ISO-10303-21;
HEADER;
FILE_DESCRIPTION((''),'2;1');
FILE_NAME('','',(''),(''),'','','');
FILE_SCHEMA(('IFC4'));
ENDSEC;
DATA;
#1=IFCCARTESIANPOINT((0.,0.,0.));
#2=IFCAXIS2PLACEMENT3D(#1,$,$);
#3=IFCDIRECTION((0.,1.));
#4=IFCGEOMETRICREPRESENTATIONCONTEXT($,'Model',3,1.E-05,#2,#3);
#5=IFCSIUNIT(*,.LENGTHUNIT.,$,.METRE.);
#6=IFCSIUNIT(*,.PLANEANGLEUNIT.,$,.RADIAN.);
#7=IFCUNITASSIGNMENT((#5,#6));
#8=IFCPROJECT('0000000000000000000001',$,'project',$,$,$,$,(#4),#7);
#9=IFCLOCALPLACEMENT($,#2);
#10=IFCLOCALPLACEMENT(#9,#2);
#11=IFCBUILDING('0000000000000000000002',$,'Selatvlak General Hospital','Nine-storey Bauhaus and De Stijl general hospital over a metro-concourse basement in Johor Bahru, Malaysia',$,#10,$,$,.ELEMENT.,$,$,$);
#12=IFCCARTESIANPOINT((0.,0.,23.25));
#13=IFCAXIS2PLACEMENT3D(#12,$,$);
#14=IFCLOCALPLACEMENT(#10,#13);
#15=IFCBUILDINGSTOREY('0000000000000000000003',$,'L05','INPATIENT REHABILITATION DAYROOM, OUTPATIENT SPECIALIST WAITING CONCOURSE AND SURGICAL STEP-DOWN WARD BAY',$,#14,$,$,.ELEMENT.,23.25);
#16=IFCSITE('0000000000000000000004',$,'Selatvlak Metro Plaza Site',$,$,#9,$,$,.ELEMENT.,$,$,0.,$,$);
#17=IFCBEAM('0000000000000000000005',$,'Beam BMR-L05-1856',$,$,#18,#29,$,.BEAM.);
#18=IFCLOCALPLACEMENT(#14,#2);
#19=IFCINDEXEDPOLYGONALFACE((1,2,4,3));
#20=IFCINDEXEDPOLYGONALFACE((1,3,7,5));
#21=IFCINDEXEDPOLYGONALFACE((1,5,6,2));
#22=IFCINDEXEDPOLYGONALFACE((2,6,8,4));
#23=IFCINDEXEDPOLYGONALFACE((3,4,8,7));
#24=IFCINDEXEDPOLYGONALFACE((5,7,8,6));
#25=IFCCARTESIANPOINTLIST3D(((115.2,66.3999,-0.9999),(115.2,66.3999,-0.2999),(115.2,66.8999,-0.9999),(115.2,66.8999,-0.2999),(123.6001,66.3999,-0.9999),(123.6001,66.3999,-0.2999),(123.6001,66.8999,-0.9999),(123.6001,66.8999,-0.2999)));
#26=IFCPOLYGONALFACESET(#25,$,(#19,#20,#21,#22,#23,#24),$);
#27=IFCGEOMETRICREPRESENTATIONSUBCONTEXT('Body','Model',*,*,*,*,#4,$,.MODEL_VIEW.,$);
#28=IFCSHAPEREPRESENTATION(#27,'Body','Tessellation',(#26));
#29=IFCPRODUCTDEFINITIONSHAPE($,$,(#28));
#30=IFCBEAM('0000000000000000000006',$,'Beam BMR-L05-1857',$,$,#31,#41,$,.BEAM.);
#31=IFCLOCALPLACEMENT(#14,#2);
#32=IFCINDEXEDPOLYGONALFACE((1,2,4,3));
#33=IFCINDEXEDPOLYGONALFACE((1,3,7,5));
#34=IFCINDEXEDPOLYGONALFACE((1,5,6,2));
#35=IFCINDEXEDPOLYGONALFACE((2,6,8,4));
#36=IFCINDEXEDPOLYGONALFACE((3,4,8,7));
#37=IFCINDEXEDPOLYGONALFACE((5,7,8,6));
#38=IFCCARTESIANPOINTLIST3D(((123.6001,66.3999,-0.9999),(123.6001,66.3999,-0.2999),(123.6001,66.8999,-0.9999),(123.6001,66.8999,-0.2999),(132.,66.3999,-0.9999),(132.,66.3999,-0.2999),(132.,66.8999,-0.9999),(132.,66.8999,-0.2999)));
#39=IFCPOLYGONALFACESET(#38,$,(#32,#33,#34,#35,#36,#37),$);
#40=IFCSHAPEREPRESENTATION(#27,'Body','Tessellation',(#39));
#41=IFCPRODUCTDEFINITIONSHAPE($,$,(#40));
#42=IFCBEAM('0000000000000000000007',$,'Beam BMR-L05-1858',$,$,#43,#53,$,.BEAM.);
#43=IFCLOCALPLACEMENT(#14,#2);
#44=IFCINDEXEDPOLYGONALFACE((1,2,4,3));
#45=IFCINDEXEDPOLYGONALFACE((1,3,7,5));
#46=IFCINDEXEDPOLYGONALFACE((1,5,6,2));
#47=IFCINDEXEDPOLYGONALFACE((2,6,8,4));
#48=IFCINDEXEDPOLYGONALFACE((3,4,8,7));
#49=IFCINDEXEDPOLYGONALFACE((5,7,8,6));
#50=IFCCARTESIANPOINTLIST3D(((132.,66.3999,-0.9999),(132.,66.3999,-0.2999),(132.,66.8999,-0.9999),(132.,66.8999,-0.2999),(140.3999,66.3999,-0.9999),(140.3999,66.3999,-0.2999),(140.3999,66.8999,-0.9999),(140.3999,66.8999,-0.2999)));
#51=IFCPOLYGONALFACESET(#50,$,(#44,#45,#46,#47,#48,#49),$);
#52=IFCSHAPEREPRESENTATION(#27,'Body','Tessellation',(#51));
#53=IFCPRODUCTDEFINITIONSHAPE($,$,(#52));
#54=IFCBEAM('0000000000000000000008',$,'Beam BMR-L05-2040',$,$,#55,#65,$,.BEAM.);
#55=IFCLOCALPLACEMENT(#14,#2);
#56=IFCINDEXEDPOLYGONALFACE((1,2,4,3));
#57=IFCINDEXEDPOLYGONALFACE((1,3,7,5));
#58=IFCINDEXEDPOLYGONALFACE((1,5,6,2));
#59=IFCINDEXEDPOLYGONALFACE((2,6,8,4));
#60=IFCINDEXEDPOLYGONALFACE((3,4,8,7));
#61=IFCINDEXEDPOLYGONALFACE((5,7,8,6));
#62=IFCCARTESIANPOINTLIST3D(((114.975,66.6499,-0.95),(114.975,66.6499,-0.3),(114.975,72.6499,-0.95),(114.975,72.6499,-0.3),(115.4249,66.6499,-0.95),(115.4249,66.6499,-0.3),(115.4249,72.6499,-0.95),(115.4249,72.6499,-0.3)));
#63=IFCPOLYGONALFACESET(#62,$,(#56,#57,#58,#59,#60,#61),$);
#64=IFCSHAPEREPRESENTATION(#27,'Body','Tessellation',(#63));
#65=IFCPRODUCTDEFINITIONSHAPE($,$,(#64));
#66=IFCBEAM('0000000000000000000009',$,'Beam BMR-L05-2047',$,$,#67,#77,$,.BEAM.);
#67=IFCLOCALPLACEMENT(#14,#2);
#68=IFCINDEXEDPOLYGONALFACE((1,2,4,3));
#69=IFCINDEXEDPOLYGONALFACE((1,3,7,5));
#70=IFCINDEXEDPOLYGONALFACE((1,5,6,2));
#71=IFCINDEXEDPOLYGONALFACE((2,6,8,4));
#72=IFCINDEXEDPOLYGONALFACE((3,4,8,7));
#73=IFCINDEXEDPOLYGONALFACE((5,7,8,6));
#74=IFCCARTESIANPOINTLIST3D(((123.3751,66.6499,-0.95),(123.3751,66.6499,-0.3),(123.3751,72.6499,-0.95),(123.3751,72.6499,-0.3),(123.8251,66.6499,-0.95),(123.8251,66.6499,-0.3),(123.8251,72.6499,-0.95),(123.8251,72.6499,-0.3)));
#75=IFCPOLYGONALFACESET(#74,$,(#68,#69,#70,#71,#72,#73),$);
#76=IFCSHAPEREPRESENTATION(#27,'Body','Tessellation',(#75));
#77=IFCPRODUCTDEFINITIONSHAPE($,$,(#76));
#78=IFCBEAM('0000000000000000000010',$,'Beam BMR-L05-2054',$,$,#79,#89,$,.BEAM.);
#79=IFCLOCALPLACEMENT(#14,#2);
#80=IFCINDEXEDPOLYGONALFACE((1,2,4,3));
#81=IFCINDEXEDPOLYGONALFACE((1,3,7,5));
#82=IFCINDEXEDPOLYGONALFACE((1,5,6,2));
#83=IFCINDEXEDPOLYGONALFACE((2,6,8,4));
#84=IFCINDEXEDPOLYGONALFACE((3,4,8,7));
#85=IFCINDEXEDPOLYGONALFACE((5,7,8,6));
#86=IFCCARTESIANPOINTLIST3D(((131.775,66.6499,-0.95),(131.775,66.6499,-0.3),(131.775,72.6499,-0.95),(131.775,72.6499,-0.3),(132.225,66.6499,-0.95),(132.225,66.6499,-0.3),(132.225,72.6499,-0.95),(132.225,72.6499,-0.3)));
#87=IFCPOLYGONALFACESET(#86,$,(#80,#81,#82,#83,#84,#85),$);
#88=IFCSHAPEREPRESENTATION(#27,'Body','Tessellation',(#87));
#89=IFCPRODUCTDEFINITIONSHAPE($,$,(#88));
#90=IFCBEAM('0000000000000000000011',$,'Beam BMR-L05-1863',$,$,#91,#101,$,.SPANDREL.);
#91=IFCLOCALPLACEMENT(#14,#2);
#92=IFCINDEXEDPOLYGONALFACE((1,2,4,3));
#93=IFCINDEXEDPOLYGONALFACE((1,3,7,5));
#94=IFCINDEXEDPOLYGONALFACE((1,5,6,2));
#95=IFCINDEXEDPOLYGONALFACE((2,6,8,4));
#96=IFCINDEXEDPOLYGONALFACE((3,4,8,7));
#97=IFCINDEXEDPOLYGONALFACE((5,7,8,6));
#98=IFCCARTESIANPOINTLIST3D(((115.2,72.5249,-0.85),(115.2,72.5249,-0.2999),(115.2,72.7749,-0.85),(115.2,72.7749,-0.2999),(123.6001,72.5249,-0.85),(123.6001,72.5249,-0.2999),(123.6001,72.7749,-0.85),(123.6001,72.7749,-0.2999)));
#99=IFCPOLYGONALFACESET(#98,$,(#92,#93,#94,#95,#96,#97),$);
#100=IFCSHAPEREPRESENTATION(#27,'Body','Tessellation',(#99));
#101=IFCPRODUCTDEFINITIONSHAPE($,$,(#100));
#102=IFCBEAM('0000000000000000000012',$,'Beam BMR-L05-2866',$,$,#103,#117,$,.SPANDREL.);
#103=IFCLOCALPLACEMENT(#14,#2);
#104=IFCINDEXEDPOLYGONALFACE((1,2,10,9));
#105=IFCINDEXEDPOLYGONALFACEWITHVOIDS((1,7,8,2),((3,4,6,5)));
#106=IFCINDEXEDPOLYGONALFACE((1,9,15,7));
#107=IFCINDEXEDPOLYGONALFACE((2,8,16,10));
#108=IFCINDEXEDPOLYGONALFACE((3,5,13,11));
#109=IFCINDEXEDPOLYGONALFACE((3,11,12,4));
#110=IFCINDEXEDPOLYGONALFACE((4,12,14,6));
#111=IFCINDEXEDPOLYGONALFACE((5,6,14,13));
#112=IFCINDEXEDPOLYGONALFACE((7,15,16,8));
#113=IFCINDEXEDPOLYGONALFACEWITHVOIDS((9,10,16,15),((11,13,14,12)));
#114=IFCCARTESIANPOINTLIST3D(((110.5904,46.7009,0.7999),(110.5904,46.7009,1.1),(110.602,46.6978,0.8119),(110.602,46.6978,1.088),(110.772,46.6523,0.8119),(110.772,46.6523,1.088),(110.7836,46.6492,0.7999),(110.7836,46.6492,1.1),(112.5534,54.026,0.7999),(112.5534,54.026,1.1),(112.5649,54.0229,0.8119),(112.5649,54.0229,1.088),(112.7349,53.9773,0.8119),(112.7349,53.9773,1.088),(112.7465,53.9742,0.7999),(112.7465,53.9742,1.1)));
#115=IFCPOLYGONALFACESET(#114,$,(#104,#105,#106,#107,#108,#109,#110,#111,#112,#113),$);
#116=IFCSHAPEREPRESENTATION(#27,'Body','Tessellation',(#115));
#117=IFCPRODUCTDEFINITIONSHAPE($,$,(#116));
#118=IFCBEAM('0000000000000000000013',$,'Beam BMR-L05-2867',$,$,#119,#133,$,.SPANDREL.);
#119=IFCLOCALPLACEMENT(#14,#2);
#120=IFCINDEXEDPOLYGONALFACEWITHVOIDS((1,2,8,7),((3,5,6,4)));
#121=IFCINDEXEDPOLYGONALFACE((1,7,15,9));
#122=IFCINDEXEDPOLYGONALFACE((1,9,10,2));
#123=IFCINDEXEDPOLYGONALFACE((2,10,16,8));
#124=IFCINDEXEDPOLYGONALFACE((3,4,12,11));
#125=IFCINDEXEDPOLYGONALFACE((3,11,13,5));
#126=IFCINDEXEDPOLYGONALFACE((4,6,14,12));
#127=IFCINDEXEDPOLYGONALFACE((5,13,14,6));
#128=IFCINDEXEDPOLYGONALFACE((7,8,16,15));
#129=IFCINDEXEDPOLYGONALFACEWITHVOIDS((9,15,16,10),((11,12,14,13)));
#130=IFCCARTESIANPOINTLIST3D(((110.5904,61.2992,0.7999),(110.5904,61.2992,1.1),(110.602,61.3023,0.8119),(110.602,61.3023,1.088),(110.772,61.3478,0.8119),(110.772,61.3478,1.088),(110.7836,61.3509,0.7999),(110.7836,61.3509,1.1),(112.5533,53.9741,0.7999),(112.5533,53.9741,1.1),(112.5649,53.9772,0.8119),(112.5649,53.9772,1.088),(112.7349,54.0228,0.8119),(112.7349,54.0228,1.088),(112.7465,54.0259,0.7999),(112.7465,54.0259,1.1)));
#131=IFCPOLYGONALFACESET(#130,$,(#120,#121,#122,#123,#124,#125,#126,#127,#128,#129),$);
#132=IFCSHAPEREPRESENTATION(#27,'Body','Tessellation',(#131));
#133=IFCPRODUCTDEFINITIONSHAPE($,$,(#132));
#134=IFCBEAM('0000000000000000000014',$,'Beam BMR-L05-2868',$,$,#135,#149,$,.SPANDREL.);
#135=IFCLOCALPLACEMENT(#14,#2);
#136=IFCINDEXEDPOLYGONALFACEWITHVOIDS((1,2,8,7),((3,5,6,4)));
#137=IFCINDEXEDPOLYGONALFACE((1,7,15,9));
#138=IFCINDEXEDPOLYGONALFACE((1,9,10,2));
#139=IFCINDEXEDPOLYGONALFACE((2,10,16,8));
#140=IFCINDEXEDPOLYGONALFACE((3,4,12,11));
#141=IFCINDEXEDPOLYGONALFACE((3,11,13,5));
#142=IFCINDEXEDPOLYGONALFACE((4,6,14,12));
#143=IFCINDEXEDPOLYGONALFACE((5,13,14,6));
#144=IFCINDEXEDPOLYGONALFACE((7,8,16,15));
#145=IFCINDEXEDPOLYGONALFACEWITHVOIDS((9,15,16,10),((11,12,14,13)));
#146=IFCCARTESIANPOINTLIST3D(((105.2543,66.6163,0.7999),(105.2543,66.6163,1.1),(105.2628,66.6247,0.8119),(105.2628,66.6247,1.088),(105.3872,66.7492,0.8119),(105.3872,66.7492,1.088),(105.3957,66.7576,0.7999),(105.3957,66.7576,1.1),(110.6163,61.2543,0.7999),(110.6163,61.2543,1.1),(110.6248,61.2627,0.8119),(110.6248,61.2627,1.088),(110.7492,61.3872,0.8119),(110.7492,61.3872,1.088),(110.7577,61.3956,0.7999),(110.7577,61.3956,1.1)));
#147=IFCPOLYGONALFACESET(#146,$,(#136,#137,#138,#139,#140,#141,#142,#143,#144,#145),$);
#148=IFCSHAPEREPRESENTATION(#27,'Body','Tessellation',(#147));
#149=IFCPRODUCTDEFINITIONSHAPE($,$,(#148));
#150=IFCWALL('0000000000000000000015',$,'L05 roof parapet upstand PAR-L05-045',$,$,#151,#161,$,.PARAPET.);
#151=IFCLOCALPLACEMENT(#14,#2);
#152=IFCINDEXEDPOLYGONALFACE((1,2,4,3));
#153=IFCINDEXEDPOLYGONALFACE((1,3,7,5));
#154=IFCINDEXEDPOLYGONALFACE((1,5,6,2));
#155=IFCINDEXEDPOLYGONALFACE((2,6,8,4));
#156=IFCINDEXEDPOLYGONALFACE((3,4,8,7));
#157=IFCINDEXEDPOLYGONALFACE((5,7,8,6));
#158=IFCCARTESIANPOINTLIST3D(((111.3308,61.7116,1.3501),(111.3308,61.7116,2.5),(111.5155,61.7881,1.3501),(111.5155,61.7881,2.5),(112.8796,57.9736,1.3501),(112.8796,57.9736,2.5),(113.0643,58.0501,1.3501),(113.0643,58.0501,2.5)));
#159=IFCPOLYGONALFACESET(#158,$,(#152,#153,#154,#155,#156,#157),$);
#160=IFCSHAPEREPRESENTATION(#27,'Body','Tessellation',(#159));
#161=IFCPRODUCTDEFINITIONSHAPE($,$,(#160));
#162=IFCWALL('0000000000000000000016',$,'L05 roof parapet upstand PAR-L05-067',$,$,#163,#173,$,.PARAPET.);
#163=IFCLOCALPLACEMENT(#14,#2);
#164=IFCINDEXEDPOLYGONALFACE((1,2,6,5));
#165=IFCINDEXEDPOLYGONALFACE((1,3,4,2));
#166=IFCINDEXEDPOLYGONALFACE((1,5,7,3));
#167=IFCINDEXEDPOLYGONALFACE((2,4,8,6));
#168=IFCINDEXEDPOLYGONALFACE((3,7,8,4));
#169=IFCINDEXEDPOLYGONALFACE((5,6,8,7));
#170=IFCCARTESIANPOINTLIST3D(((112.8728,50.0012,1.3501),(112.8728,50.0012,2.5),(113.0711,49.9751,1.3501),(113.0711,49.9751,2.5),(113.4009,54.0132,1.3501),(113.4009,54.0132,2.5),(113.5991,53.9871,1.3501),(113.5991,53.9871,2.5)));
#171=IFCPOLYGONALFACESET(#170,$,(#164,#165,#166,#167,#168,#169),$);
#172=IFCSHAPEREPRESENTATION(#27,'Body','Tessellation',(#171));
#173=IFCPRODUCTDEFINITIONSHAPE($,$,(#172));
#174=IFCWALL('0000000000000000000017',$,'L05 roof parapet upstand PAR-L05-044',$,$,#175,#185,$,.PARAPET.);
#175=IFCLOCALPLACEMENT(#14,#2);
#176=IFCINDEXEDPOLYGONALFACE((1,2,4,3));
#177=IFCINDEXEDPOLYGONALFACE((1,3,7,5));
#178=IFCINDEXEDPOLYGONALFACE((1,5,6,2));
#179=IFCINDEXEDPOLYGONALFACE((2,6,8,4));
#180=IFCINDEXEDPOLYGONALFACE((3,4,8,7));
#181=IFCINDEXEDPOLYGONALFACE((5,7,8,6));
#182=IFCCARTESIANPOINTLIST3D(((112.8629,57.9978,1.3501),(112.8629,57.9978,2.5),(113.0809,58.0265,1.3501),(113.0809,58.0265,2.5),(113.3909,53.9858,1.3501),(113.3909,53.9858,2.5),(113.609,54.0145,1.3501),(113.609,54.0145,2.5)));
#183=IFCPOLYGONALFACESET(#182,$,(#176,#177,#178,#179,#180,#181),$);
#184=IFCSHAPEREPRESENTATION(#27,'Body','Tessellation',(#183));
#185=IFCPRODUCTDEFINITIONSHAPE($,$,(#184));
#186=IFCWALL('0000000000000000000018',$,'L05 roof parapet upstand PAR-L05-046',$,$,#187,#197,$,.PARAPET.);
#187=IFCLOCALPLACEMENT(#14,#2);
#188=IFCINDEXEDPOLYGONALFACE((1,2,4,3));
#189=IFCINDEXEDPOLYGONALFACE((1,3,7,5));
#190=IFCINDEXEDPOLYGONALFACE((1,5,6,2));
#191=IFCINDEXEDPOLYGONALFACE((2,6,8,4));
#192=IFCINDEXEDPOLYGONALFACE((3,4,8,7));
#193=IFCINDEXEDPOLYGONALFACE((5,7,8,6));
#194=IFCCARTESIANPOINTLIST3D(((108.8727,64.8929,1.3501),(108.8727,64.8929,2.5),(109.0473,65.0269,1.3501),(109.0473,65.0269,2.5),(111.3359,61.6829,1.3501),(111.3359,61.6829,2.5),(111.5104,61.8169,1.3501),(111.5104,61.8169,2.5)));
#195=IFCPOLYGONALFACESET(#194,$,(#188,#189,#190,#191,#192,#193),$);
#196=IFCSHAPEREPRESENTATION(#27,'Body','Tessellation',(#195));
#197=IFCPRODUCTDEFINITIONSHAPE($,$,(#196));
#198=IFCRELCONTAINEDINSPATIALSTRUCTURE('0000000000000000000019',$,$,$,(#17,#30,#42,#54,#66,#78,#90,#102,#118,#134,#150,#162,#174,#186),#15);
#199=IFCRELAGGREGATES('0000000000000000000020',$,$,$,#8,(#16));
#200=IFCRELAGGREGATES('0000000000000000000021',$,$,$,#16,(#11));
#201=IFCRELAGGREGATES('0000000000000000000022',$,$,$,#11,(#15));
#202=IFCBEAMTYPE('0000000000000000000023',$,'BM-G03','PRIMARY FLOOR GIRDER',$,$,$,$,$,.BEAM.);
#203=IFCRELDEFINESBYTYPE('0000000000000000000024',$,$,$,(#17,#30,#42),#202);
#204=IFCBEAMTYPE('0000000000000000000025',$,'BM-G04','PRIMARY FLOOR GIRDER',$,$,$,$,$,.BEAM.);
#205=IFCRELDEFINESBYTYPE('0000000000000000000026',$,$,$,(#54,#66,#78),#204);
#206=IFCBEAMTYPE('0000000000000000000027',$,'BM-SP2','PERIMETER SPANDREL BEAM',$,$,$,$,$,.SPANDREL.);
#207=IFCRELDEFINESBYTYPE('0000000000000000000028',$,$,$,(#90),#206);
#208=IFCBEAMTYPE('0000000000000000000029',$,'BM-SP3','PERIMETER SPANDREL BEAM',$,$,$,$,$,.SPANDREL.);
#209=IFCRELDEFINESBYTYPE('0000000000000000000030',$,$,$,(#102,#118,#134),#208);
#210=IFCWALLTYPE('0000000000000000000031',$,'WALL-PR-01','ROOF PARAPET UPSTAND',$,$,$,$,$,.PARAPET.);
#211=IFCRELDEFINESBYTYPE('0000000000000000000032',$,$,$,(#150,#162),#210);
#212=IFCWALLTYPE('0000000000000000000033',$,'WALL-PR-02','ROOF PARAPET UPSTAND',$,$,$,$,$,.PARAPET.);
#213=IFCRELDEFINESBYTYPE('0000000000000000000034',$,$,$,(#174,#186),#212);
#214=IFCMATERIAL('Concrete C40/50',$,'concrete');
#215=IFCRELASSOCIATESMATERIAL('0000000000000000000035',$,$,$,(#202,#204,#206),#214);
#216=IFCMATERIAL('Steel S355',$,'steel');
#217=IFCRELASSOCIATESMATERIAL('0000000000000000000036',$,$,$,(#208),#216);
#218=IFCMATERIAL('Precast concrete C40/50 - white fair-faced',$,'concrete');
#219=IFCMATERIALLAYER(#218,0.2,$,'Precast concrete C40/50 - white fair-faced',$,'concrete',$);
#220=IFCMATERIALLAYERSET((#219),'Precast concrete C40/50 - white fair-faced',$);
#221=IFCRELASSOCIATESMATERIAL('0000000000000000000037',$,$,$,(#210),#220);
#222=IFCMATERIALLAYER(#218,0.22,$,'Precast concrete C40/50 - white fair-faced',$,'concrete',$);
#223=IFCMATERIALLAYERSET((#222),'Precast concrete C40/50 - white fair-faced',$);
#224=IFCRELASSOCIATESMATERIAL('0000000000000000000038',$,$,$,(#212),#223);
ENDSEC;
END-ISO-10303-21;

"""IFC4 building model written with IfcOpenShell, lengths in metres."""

from ifc_helpers import new_model, si_unit, direction, frame, frame_2d, origin, origin_2d, place, context, subcontext, project, spatial, rectangle, hollow_rectangle, extrude, material, layer, layer_set, material_profile, profile_set, type_object, element, save


model = new_model("IFC4")

# Units and contexts
model_context = context("Model", 3, precision=1e-05, world=origin(), true_north=direction((0.0, 1.0)))
body_context = subcontext(model_context, "Body", "Model", "MODEL_VIEW")
ifc_project = project(units=[si_unit("LENGTHUNIT", "METRE"), si_unit("PLANEANGLEUNIT", "RADIAN")], contexts=[model_context])

# Site, building, storey
site_placement = place(None, origin())
site = spatial("IfcSite", under=ifc_project, at=site_placement, Name="Selatvlak Metro Plaza Site", CompositionType="ELEMENT", RefElevation=0.0)
building_placement = place(site_placement, origin())
building = spatial("IfcBuilding", under=site, at=building_placement, Name="Selatvlak General Hospital", Description="Nine-storey Bauhaus and De Stijl general hospital over a metro-concourse basement in Johor Bahru, Malaysia", CompositionType="ELEMENT")
storey_placement = place(building_placement, frame((0.0, 0.0, 23.25)))
storey = spatial("IfcBuildingStorey", under=building, at=storey_placement, Name="L05", Description="INPATIENT REHABILITATION DAYROOM, OUTPATIENT SPECIALIST WAITING CONCOURSE AND SURGICAL STEP-DOWN WARD BAY", CompositionType="ELEMENT", Elevation=23.25)

# Beams
ifc_material_1 = material(Name="Concrete C40/50", Category="concrete")
ifc_material_profile_1 = material_profile(ifc_material_1, rectangle(XDim=0.5, YDim=0.7, at=origin_2d()), Name="RC-BM 500x700")
ifc_profile_set_1 = profile_set([ifc_material_profile_1], Name="Concrete C40/50")
beam_type_1 = type_object("IfcBeamType", Name="BM-G03", Description="PRIMARY FLOOR GIRDER", PredefinedType="BEAM", material=ifc_profile_set_1)
beam_1_placement = place(storey_placement, frame((115.2, 66.6499, -0.6499), z_axis=(1.0, 0.0, 0.0), x_axis=(0.0, 1.0, 0.0)))
element("IfcBeam", 1, at=beam_1_placement, inside=storey, type_object=beam_type_1, Name="Beam BMR-L05-1856", PredefinedType="BEAM", context=body_context, shape_type="SweptSolid", body=[
    extrude(rectangle(XDim=0.5, YDim=0.7, at=origin_2d()), origin(), (0.0, 0.0, 1.0), 8.4001),
])
for number, where, z_axis, x_axis, name in (
    (2, (123.6001, 66.6499, -0.6499), (1.0, 0.0, 0.0), (0.0, 1.0, 0.0), "Beam BMR-L05-1857"),
    (3, (132.0, 66.6499, -0.6499), (1.0, 0.0, 0.0), (0.0, 1.0, 0.0), "Beam BMR-L05-1858"),
):
    element("IfcBeam", number, at=place(storey_placement, frame(where, z_axis=z_axis, x_axis=x_axis)), inside=storey, type_object=beam_type_1, Name=name, PredefinedType="BEAM", context=body_context, shape_type="SweptSolid", body=[
        extrude(rectangle(XDim=0.5, YDim=0.7, at=origin_2d()), origin(), (0.0, 0.0, 1.0), 8.3999),
    ])
ifc_material_profile_2 = material_profile(ifc_material_1, rectangle(XDim=0.45, YDim=0.6499, at=origin_2d()), Name="RC-BM 450x650")
ifc_profile_set_2 = profile_set([ifc_material_profile_2], Name="Concrete C40/50")
beam_type_2 = type_object("IfcBeamType", Name="BM-G04", Description="PRIMARY FLOOR GIRDER", PredefinedType="BEAM", material=ifc_profile_set_2)
for number, where, z_axis, x_axis, name in (
    (4, (115.2, 66.6499, -0.625), (0.0, 1.0, 0.0), (-1.0, 0.0, 0.0), "Beam BMR-L05-2040"),
    (5, (123.6001, 66.6499, -0.625), (0.0, 1.0, 0.0), (-1.0, 0.0, 0.0), "Beam BMR-L05-2047"),
    (6, (132.0, 66.6499, -0.625), (0.0, 1.0, 0.0), (-1.0, 0.0, 0.0), "Beam BMR-L05-2054"),
):
    element("IfcBeam", number, at=place(storey_placement, frame(where, z_axis=z_axis, x_axis=x_axis)), inside=storey, type_object=beam_type_2, Name=name, PredefinedType="BEAM", context=body_context, shape_type="SweptSolid", body=[
        extrude(rectangle(XDim=0.45, YDim=0.6499, at=origin_2d()), origin(), (0.0, 0.0, 1.0), 6.0),
    ])
ifc_material_profile_3 = material_profile(ifc_material_1, rectangle(XDim=0.25, YDim=0.55, at=origin_2d()), Name="RC-SP 250x550")
ifc_profile_set_3 = profile_set([ifc_material_profile_3], Name="Concrete C40/50")
beam_type_3 = type_object("IfcBeamType", Name="BM-SP2", Description="PERIMETER SPANDREL BEAM", PredefinedType="SPANDREL", material=ifc_profile_set_3)
beam_2_placement = place(storey_placement, frame((115.2, 72.6499, -0.575), z_axis=(1.0, 0.0, 0.0), x_axis=(0.0, 1.0, 0.0)))
element("IfcBeam", 7, at=beam_2_placement, inside=storey, type_object=beam_type_3, Name="Beam BMR-L05-1863", PredefinedType="SPANDREL", context=body_context, shape_type="SweptSolid", body=[
    extrude(rectangle(XDim=0.25, YDim=0.55, at=origin_2d()), origin(), (0.0, 0.0, 1.0), 8.4001),
])
ifc_material_2 = material(Name="Steel S355", Category="steel")
ifc_material_profile_4 = material_profile(ifc_material_2, hollow_rectangle(XDim=0.2, YDim=0.3, WallThickness=0.012, at=origin_2d()), Name="RHS 300x200x12")
ifc_profile_set_4 = profile_set([ifc_material_profile_4], Name="Steel S355")
beam_type_4 = type_object("IfcBeamType", Name="BM-SP3", Description="PERIMETER SPANDREL BEAM", PredefinedType="SPANDREL", material=ifc_profile_set_4)
for number, where, z_axis, x_axis, name in (
    (8, (110.687, 46.675, 0.95), (0.258841, 0.96592, 0.0), (-0.96592, 0.258841, 0.0), "Beam BMR-L05-2866"),
    (9, (112.6499, 54.0, 0.95), (-0.258841, 0.96592, 0.0), (-0.96592, -0.258841, 0.0), "Beam BMR-L05-2867"),
):
    element("IfcBeam", number, at=place(storey_placement, frame(where, z_axis=z_axis, x_axis=x_axis)), inside=storey, type_object=beam_type_4, Name=name, PredefinedType="SPANDREL", context=body_context, shape_type="SweptSolid", body=[
        extrude(hollow_rectangle(XDim=0.2, YDim=0.3, WallThickness=0.012, at=origin_2d()), origin(), (0.0, 0.0, 1.0), 7.5835),
    ])
beam_3_placement = place(storey_placement, frame((110.687, 61.325, 0.95), z_axis=(-0.707107, 0.707107, 0.0), x_axis=(-0.707107, -0.707107, 0.0)))
element("IfcBeam", 10, at=beam_3_placement, inside=storey, type_object=beam_type_4, Name="Beam BMR-L05-2868", PredefinedType="SPANDREL", context=body_context, shape_type="SweptSolid", body=[
    extrude(hollow_rectangle(XDim=0.2, YDim=0.3, WallThickness=0.012, at=origin_2d()), origin(), (0.0, 0.0, 1.0), 7.583),
])

# Walls
ifc_material_3 = material(Name="Precast concrete C40/50 - white fair-faced", Category="concrete")
ifc_layer_1 = layer(ifc_material_3, 0.2, Name="Precast concrete C40/50 - white fair-faced", Category="concrete")
ifc_layer_set_1 = layer_set([ifc_layer_1], Name="Precast concrete C40/50 - white fair-faced")
wall_type_1 = type_object("IfcWallType", Name="WALL-PR-01", Description="ROOF PARAPET UPSTAND", PredefinedType="PARAPET", material=ifc_layer_set_1)
wall_1_placement = place(storey_placement, frame((112.9719, 58.012, 1.3501), z_axis=(0.0, 0.0, 1.0), x_axis=(-0.382785, 0.923837, 0.0)))
element("IfcWall", 11, at=wall_1_placement, inside=storey, type_object=wall_type_1, Name="L05 roof parapet upstand PAR-L05-045", PredefinedType="PARAPET", context=body_context, shape_type="SweptSolid", body=[
    extrude(rectangle(XDim=4.0461, YDim=0.2, at=frame_2d((2.0229, 0.0))), origin(), (0.0, 0.0, 1.0), 1.1499),
])
wall_2_placement = place(storey_placement, frame((112.9719, 49.988, 1.3501), z_axis=(0.0, 0.0, 1.0), x_axis=(0.1305, 0.991448, 0.0)))
element("IfcWall", 12, at=wall_2_placement, inside=storey, type_object=wall_type_1, Name="L05 roof parapet upstand PAR-L05-067", PredefinedType="PARAPET", context=body_context, shape_type="SweptSolid", body=[
    extrude(rectangle(XDim=4.0466, YDim=0.2, at=frame_2d((2.0234, 0.0))), origin(), (0.0, 0.0, 1.0), 1.1499),
])
ifc_layer_2 = layer(ifc_material_3, 0.22, Name="Precast concrete C40/50 - white fair-faced", Category="concrete")
ifc_layer_set_2 = layer_set([ifc_layer_2], Name="Precast concrete C40/50 - white fair-faced")
wall_type_2 = type_object("IfcWallType", Name="WALL-PR-02", Description="ROOF PARAPET UPSTAND", PredefinedType="PARAPET", material=ifc_layer_set_2)
wall_3_placement = place(storey_placement, frame((113.5, 54.0, 1.3501), z_axis=(0.0, 0.0, 1.0), x_axis=(-0.1305, 0.991448, 0.0)))
element("IfcWall", 13, at=wall_3_placement, inside=storey, type_object=wall_type_2, Name="L05 roof parapet upstand PAR-L05-044", PredefinedType="PARAPET", context=body_context, shape_type="SweptSolid", body=[
    extrude(rectangle(XDim=4.0466, YDim=0.22, at=frame_2d((2.0234, 0.0))), origin(), (0.0, 0.0, 1.0), 1.1499),
])
for number, where, z_axis, x_axis, name in (
    (14, (111.4231, 61.75, 1.3501), (0.0, 0.0, 1.0), (-0.608768, 0.793348, 0.0), "L05 roof parapet upstand PAR-L05-046"),
):
    element("IfcWall", number, at=place(storey_placement, frame(where, z_axis=z_axis, x_axis=x_axis)), inside=storey, type_object=wall_type_2, Name=name, PredefinedType="PARAPET", context=body_context, shape_type="SweptSolid", body=[
        extrude(rectangle(XDim=4.0461, YDim=0.22, at=frame_2d((2.0229, 0.0))), origin(), (0.0, 0.0, 1.0), 1.1499),
    ])

save(model, "model.ifc")
